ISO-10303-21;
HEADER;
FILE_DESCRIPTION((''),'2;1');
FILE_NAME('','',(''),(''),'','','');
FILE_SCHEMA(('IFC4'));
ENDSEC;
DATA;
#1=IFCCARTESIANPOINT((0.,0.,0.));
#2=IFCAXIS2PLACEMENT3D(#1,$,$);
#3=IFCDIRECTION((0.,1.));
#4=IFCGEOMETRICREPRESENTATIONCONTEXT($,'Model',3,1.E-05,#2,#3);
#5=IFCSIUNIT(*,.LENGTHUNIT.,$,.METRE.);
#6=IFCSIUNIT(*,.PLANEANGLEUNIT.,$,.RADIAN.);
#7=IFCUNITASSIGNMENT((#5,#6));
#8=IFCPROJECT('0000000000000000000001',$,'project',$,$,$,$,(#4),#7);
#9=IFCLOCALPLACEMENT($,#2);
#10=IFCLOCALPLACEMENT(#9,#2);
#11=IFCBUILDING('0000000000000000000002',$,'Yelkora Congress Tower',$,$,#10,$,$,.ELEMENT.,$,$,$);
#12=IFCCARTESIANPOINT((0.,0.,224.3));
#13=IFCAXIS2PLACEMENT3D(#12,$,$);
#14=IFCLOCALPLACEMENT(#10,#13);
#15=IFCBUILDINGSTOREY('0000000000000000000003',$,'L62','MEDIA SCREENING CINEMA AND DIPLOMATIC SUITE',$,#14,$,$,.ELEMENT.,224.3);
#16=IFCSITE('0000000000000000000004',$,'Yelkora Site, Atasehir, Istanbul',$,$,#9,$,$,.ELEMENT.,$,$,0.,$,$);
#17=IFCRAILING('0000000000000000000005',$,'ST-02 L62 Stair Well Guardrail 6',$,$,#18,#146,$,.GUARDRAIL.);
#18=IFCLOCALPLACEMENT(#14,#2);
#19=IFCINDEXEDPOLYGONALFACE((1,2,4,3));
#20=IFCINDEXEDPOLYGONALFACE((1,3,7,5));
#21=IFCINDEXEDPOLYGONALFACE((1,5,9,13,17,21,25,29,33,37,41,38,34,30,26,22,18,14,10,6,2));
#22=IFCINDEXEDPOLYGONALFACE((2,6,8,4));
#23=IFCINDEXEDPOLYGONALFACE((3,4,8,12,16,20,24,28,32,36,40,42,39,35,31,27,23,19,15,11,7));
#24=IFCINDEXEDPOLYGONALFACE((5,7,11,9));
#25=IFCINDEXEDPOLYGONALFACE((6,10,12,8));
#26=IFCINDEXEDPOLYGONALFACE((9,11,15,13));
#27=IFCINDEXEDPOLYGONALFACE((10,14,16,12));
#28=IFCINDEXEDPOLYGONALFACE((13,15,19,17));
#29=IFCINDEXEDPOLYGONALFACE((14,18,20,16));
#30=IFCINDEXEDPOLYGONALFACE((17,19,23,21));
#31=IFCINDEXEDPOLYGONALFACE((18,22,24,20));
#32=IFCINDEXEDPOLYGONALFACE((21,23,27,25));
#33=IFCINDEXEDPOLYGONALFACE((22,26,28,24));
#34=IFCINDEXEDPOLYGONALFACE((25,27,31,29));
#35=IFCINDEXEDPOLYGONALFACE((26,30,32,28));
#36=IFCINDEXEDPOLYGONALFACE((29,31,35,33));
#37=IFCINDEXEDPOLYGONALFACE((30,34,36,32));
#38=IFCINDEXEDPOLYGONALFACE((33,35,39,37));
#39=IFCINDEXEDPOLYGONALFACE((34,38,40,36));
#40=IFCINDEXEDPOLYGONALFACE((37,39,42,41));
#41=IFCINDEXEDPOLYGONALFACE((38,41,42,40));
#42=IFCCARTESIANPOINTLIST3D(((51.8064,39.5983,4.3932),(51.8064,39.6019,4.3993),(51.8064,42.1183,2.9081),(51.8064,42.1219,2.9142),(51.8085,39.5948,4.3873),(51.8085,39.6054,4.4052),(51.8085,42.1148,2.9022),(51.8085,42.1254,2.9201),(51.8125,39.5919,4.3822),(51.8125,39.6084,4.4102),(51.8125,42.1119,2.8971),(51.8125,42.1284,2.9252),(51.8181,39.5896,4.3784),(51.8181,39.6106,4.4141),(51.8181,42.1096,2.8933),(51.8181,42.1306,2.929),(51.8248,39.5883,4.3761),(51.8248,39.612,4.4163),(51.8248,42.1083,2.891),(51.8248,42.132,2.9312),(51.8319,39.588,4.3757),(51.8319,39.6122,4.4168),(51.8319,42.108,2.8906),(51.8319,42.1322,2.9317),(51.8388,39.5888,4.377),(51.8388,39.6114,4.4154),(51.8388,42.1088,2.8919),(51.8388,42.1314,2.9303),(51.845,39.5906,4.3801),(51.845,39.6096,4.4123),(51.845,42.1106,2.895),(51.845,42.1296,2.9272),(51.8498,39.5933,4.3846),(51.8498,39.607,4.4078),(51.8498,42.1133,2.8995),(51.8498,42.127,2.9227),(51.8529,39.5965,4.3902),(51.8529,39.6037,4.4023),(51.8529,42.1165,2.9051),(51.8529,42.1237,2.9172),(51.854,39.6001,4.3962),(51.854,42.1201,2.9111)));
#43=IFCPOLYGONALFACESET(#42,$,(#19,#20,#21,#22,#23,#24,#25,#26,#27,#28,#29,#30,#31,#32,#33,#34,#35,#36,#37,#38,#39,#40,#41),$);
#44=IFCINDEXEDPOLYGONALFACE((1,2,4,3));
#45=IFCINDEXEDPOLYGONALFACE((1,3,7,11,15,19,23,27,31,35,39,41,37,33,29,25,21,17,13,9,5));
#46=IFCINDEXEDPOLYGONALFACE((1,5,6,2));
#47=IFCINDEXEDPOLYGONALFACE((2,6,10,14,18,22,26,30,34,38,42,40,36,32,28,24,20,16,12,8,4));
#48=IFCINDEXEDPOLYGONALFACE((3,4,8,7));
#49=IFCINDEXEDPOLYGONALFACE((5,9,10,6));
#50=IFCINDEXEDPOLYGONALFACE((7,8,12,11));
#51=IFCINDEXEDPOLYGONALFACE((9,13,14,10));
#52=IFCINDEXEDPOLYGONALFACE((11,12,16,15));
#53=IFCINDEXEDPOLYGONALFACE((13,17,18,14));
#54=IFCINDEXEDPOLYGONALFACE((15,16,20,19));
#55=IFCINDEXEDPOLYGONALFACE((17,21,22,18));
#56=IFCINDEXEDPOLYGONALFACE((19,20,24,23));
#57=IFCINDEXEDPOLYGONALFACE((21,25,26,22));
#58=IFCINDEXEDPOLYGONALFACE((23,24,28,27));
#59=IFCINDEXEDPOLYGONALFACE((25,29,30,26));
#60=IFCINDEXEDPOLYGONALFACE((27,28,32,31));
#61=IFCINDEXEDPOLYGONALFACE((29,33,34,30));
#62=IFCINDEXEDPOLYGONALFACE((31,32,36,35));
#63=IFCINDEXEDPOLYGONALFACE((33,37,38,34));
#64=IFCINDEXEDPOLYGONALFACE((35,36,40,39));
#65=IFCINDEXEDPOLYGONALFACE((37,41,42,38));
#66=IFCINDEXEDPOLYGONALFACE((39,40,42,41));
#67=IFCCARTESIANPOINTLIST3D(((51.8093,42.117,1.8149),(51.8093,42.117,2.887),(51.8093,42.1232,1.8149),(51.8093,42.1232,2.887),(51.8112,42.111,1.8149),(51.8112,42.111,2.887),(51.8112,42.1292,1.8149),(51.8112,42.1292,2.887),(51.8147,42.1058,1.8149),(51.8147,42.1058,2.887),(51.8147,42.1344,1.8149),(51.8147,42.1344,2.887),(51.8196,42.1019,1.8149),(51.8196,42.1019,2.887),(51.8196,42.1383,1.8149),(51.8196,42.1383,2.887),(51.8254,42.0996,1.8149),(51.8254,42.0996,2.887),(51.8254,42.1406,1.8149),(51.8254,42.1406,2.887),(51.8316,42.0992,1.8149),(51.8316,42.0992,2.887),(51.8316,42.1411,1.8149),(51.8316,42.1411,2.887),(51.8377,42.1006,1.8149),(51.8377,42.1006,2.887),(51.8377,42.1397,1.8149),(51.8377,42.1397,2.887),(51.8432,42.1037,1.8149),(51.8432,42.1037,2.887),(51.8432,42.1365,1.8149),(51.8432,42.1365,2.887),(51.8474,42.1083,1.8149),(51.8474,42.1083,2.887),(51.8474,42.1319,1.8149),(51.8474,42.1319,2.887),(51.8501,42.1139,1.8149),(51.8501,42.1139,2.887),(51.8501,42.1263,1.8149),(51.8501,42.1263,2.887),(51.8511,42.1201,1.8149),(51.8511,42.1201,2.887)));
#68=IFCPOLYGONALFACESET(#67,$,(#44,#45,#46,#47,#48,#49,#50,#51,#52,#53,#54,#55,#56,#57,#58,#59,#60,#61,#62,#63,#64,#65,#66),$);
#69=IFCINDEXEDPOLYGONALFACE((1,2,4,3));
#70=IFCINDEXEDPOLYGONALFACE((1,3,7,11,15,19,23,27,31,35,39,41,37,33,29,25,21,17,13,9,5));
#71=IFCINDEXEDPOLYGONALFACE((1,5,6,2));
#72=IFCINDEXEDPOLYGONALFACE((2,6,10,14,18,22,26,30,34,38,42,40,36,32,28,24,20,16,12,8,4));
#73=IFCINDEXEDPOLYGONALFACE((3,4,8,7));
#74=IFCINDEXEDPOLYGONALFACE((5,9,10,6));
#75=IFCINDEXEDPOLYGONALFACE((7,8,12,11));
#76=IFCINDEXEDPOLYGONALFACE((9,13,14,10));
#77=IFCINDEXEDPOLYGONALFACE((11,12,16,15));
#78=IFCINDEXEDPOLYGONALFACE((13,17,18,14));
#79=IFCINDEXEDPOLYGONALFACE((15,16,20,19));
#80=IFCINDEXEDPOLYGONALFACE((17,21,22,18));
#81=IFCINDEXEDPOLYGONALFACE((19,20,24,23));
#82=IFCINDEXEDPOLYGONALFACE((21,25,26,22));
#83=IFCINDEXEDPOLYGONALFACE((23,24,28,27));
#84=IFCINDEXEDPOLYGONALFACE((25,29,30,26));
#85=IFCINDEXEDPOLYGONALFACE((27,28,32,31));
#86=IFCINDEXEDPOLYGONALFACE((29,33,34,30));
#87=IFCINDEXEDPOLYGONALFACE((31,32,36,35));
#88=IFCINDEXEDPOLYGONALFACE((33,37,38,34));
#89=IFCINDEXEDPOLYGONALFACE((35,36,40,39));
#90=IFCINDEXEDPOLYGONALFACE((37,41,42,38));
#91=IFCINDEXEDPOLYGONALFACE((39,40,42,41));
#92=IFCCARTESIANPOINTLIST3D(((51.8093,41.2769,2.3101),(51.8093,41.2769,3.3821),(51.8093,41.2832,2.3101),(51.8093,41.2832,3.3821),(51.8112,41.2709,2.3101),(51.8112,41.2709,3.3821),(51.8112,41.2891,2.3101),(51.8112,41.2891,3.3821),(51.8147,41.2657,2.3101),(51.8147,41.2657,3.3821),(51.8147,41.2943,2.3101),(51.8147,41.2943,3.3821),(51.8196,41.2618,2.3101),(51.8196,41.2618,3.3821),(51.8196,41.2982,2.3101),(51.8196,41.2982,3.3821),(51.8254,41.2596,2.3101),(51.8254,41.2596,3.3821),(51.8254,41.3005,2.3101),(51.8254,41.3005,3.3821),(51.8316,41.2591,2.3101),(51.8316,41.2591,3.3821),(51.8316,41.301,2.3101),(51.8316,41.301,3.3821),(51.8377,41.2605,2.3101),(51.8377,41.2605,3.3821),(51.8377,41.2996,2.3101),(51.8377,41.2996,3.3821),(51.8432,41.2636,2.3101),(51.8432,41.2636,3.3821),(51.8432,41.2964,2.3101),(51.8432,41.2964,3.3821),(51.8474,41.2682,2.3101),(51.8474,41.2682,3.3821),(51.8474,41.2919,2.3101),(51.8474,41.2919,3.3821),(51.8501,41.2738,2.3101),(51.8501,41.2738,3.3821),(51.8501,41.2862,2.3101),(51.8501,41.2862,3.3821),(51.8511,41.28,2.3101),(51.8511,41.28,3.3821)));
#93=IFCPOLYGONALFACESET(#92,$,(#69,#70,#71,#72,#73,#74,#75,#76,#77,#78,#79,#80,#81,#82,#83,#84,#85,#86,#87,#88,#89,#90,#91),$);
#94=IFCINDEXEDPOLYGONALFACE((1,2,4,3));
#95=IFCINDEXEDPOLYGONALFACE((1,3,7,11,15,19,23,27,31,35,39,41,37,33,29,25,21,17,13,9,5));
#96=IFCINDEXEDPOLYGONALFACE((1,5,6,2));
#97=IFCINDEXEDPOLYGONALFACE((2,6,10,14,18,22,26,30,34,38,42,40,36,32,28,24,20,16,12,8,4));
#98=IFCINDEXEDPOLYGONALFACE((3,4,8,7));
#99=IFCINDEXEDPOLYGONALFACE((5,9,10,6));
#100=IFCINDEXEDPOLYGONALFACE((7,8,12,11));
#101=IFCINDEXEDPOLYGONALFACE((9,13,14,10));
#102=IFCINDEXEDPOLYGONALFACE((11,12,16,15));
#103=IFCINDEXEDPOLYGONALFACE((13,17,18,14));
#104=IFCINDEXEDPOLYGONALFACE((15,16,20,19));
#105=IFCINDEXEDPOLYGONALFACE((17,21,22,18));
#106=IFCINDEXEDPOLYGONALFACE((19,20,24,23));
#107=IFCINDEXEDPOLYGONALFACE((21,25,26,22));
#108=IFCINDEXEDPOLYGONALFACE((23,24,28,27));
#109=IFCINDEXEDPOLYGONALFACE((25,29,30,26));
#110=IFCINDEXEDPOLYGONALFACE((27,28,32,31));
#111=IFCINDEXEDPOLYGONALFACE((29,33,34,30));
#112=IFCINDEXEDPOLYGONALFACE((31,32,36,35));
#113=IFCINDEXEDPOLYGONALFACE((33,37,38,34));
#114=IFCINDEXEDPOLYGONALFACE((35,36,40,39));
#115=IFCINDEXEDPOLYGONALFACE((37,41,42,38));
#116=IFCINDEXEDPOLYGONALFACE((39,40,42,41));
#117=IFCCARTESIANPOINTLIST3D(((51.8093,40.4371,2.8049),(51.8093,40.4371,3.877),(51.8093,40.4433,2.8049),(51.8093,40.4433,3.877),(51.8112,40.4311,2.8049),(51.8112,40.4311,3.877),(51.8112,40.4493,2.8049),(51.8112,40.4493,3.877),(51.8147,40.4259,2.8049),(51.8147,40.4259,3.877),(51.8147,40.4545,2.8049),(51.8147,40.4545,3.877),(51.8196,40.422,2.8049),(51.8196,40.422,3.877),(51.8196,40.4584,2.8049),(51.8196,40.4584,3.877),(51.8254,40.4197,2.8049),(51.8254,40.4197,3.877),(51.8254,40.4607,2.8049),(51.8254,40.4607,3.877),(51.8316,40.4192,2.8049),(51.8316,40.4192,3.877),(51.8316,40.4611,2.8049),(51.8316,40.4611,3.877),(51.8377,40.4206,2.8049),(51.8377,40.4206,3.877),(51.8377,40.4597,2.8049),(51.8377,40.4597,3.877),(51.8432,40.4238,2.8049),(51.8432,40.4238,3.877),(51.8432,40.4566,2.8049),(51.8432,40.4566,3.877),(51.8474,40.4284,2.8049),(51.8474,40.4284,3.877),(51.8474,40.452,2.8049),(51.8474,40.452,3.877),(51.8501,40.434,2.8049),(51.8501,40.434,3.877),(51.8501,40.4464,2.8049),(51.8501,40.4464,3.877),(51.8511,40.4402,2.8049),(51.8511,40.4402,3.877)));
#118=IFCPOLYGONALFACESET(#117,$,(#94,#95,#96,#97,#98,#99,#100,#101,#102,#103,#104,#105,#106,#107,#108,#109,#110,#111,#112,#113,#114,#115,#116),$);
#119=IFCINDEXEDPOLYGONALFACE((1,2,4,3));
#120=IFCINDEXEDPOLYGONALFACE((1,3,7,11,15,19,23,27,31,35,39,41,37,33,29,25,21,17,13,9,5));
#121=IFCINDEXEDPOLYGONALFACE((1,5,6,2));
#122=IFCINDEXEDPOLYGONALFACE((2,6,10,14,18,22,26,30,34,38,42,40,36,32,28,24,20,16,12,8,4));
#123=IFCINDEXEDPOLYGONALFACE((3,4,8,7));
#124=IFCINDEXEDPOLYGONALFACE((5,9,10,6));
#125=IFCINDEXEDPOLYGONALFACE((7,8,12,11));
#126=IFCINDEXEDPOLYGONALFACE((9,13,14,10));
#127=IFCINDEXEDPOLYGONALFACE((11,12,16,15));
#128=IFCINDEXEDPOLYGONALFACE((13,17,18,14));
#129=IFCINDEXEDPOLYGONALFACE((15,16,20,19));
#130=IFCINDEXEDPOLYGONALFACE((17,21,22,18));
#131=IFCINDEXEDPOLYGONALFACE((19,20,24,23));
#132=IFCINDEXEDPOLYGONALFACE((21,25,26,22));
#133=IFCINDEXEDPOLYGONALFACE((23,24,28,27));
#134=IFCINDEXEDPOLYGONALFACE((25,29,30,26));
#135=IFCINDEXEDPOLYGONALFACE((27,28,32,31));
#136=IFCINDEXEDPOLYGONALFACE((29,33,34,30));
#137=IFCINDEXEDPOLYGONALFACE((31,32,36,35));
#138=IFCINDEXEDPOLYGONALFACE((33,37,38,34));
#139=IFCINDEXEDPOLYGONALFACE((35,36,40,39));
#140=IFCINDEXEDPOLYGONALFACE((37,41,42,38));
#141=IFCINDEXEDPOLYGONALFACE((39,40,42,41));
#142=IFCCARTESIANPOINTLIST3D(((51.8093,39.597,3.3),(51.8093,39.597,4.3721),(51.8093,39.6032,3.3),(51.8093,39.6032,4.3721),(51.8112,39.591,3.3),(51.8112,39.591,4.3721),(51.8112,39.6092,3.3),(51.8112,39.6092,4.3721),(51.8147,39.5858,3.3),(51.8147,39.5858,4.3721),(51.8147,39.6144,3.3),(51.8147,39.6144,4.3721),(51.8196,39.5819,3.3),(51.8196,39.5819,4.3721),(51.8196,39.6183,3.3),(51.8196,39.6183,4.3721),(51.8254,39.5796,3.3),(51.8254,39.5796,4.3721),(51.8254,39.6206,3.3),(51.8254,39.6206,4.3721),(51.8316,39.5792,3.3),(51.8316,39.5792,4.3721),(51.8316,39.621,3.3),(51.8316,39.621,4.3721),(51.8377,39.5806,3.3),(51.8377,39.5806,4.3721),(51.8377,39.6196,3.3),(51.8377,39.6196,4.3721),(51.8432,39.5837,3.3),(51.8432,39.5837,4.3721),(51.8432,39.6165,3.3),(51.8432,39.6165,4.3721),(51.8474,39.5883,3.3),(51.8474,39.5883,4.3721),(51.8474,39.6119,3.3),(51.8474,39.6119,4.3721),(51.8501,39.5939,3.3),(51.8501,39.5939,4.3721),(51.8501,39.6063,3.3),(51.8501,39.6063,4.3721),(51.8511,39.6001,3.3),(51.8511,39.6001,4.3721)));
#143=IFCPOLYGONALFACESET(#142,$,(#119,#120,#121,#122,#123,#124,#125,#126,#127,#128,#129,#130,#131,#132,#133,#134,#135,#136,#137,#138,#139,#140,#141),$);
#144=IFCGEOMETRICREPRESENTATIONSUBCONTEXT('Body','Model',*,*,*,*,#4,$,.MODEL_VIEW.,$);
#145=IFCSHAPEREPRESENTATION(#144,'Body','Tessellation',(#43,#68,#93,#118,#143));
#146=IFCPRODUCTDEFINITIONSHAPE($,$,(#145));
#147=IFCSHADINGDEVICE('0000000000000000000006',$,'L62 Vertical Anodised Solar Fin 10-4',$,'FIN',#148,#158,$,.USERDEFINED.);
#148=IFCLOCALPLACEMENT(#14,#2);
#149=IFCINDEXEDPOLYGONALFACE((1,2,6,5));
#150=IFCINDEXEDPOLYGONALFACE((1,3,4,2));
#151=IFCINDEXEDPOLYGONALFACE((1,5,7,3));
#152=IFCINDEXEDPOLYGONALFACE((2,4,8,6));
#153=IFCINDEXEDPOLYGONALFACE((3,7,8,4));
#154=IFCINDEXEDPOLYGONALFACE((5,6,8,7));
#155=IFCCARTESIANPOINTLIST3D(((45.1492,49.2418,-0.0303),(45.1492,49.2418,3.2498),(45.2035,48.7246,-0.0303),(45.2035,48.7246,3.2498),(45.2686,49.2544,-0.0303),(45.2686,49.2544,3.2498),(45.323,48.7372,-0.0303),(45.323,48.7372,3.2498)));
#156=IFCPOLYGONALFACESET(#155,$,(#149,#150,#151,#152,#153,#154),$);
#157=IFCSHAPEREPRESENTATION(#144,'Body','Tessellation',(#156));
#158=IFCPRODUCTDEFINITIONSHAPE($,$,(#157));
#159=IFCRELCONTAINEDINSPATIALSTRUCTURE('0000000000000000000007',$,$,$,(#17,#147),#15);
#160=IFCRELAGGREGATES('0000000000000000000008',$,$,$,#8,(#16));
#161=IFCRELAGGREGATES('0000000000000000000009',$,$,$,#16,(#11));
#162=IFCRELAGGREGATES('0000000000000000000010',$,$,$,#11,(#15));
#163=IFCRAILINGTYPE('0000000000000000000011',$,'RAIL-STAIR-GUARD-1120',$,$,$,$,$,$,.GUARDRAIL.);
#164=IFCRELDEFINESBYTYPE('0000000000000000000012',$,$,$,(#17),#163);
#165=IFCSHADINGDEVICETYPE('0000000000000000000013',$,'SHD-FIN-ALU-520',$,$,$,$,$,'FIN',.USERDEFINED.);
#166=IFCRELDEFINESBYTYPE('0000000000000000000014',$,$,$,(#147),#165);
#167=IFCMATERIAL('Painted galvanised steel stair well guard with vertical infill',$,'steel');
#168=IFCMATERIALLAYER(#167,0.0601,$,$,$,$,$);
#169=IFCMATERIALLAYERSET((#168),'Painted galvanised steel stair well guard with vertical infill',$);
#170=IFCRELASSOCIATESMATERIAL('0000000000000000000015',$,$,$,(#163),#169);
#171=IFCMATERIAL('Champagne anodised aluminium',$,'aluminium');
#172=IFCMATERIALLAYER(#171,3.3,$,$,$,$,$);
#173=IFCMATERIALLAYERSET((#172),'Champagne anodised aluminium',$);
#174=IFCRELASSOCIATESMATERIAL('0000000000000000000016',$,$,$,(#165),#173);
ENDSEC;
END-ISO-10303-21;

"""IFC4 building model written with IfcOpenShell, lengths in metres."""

from ifc_helpers import new_model, si_unit, direction, frame, origin, origin_2d, place, context, subcontext, project, spatial, rectangle, circle, extrude, material, layer, layer_set, type_object, element, save


model = new_model("IFC4")

# Units and contexts
model_context = context("Model", 3, precision=1e-05, world=origin(), true_north=direction((0.0, 1.0)))
body_context = subcontext(model_context, "Body", "Model", "MODEL_VIEW")
ifc_project = project(units=[si_unit("LENGTHUNIT", "METRE"), si_unit("PLANEANGLEUNIT", "RADIAN")], contexts=[model_context])

# Site, building, storey
site_placement = place(None, origin())
site = spatial("IfcSite", under=ifc_project, at=site_placement, Name="Yelkora Site, Atasehir, Istanbul", CompositionType="ELEMENT", RefElevation=0.0)
building_placement = place(site_placement, origin())
building = spatial("IfcBuilding", under=site, at=building_placement, Name="Yelkora Congress Tower", CompositionType="ELEMENT")
storey_placement = place(building_placement, frame((0.0, 0.0, 224.3)))
storey = spatial("IfcBuildingStorey", under=building, at=storey_placement, Name="L62", Description="MEDIA SCREENING CINEMA AND DIPLOMATIC SUITE", CompositionType="ELEMENT", Elevation=224.3)

# Railing
ifc_material_1 = material(Name="Painted galvanised steel stair well guard with vertical infill", Category="steel")
ifc_layer_1 = layer(ifc_material_1, 0.0601)
ifc_layer_set_1 = layer_set([ifc_layer_1], Name="Painted galvanised steel stair well guard with vertical infill")
railing_type = type_object("IfcRailingType", Name="RAIL-STAIR-GUARD-1120", PredefinedType="GUARDRAIL", material=ifc_layer_set_1)
railing_1_placement = place(storey_placement, frame((51.8301, 42.1201, 1.8149)))
element("IfcRailing", 1, at=railing_1_placement, inside=storey, type_object=railing_type, Name="ST-02 L62 Stair Well Guardrail 6", PredefinedType="GUARDRAIL", context=body_context, shape_type="SweptSolid", body=[
    extrude(circle(Radius=0.0239, at=origin_2d()), frame((0.0, 0.0, 1.0962), z_axis=(0.0, -0.861524, 0.507717), x_axis=(1.0, 0.0, 0.0)), (0.0, 0.0, 1.0), 2.925),
    extrude(circle(Radius=0.021, at=origin_2d()), origin(), (0.0, 0.0, 1.0), 1.072),
    extrude(circle(Radius=0.021, at=origin_2d()), frame((0.0, -0.8401, 0.4951)), (0.0, 0.0, 1.0), 1.072),
    extrude(circle(Radius=0.021, at=origin_2d()), frame((0.0, -1.6799, 0.99)), (0.0, 0.0, 1.0), 1.072),
    extrude(circle(Radius=0.021, at=origin_2d()), frame((0.0, -2.52, 1.4851)), (0.0, 0.0, 1.0), 1.072),
])

# Shading device
ifc_material_2 = material(Name="Champagne anodised aluminium", Category="aluminium")
ifc_layer_2 = layer(ifc_material_2, 3.3)
ifc_layer_set_2 = layer_set([ifc_layer_2], Name="Champagne anodised aluminium")
shading_device_type = type_object("IfcShadingDeviceType", Name="SHD-FIN-ALU-520", ElementType="FIN", PredefinedType="USERDEFINED", material=ifc_layer_set_2)
shading_device_placement = place(storey_placement, frame((45.2361, 48.9895, -0.0303), z_axis=(0.0, 0.0, 1.0), x_axis=(0.994522, 0.104528, 0.0)))
element("IfcShadingDevice", 2, at=shading_device_placement, inside=storey, type_object=shading_device_type, Name="L62 Vertical Anodised Solar Fin 10-4", ObjectType="FIN", PredefinedType="USERDEFINED", context=body_context, shape_type="SweptSolid", body=[
    extrude(rectangle(XDim=0.1201, YDim=0.52, at=origin_2d()), origin(), (0.0, 0.0, 1.0), 3.28),
])

save(model, "model.ifc")
